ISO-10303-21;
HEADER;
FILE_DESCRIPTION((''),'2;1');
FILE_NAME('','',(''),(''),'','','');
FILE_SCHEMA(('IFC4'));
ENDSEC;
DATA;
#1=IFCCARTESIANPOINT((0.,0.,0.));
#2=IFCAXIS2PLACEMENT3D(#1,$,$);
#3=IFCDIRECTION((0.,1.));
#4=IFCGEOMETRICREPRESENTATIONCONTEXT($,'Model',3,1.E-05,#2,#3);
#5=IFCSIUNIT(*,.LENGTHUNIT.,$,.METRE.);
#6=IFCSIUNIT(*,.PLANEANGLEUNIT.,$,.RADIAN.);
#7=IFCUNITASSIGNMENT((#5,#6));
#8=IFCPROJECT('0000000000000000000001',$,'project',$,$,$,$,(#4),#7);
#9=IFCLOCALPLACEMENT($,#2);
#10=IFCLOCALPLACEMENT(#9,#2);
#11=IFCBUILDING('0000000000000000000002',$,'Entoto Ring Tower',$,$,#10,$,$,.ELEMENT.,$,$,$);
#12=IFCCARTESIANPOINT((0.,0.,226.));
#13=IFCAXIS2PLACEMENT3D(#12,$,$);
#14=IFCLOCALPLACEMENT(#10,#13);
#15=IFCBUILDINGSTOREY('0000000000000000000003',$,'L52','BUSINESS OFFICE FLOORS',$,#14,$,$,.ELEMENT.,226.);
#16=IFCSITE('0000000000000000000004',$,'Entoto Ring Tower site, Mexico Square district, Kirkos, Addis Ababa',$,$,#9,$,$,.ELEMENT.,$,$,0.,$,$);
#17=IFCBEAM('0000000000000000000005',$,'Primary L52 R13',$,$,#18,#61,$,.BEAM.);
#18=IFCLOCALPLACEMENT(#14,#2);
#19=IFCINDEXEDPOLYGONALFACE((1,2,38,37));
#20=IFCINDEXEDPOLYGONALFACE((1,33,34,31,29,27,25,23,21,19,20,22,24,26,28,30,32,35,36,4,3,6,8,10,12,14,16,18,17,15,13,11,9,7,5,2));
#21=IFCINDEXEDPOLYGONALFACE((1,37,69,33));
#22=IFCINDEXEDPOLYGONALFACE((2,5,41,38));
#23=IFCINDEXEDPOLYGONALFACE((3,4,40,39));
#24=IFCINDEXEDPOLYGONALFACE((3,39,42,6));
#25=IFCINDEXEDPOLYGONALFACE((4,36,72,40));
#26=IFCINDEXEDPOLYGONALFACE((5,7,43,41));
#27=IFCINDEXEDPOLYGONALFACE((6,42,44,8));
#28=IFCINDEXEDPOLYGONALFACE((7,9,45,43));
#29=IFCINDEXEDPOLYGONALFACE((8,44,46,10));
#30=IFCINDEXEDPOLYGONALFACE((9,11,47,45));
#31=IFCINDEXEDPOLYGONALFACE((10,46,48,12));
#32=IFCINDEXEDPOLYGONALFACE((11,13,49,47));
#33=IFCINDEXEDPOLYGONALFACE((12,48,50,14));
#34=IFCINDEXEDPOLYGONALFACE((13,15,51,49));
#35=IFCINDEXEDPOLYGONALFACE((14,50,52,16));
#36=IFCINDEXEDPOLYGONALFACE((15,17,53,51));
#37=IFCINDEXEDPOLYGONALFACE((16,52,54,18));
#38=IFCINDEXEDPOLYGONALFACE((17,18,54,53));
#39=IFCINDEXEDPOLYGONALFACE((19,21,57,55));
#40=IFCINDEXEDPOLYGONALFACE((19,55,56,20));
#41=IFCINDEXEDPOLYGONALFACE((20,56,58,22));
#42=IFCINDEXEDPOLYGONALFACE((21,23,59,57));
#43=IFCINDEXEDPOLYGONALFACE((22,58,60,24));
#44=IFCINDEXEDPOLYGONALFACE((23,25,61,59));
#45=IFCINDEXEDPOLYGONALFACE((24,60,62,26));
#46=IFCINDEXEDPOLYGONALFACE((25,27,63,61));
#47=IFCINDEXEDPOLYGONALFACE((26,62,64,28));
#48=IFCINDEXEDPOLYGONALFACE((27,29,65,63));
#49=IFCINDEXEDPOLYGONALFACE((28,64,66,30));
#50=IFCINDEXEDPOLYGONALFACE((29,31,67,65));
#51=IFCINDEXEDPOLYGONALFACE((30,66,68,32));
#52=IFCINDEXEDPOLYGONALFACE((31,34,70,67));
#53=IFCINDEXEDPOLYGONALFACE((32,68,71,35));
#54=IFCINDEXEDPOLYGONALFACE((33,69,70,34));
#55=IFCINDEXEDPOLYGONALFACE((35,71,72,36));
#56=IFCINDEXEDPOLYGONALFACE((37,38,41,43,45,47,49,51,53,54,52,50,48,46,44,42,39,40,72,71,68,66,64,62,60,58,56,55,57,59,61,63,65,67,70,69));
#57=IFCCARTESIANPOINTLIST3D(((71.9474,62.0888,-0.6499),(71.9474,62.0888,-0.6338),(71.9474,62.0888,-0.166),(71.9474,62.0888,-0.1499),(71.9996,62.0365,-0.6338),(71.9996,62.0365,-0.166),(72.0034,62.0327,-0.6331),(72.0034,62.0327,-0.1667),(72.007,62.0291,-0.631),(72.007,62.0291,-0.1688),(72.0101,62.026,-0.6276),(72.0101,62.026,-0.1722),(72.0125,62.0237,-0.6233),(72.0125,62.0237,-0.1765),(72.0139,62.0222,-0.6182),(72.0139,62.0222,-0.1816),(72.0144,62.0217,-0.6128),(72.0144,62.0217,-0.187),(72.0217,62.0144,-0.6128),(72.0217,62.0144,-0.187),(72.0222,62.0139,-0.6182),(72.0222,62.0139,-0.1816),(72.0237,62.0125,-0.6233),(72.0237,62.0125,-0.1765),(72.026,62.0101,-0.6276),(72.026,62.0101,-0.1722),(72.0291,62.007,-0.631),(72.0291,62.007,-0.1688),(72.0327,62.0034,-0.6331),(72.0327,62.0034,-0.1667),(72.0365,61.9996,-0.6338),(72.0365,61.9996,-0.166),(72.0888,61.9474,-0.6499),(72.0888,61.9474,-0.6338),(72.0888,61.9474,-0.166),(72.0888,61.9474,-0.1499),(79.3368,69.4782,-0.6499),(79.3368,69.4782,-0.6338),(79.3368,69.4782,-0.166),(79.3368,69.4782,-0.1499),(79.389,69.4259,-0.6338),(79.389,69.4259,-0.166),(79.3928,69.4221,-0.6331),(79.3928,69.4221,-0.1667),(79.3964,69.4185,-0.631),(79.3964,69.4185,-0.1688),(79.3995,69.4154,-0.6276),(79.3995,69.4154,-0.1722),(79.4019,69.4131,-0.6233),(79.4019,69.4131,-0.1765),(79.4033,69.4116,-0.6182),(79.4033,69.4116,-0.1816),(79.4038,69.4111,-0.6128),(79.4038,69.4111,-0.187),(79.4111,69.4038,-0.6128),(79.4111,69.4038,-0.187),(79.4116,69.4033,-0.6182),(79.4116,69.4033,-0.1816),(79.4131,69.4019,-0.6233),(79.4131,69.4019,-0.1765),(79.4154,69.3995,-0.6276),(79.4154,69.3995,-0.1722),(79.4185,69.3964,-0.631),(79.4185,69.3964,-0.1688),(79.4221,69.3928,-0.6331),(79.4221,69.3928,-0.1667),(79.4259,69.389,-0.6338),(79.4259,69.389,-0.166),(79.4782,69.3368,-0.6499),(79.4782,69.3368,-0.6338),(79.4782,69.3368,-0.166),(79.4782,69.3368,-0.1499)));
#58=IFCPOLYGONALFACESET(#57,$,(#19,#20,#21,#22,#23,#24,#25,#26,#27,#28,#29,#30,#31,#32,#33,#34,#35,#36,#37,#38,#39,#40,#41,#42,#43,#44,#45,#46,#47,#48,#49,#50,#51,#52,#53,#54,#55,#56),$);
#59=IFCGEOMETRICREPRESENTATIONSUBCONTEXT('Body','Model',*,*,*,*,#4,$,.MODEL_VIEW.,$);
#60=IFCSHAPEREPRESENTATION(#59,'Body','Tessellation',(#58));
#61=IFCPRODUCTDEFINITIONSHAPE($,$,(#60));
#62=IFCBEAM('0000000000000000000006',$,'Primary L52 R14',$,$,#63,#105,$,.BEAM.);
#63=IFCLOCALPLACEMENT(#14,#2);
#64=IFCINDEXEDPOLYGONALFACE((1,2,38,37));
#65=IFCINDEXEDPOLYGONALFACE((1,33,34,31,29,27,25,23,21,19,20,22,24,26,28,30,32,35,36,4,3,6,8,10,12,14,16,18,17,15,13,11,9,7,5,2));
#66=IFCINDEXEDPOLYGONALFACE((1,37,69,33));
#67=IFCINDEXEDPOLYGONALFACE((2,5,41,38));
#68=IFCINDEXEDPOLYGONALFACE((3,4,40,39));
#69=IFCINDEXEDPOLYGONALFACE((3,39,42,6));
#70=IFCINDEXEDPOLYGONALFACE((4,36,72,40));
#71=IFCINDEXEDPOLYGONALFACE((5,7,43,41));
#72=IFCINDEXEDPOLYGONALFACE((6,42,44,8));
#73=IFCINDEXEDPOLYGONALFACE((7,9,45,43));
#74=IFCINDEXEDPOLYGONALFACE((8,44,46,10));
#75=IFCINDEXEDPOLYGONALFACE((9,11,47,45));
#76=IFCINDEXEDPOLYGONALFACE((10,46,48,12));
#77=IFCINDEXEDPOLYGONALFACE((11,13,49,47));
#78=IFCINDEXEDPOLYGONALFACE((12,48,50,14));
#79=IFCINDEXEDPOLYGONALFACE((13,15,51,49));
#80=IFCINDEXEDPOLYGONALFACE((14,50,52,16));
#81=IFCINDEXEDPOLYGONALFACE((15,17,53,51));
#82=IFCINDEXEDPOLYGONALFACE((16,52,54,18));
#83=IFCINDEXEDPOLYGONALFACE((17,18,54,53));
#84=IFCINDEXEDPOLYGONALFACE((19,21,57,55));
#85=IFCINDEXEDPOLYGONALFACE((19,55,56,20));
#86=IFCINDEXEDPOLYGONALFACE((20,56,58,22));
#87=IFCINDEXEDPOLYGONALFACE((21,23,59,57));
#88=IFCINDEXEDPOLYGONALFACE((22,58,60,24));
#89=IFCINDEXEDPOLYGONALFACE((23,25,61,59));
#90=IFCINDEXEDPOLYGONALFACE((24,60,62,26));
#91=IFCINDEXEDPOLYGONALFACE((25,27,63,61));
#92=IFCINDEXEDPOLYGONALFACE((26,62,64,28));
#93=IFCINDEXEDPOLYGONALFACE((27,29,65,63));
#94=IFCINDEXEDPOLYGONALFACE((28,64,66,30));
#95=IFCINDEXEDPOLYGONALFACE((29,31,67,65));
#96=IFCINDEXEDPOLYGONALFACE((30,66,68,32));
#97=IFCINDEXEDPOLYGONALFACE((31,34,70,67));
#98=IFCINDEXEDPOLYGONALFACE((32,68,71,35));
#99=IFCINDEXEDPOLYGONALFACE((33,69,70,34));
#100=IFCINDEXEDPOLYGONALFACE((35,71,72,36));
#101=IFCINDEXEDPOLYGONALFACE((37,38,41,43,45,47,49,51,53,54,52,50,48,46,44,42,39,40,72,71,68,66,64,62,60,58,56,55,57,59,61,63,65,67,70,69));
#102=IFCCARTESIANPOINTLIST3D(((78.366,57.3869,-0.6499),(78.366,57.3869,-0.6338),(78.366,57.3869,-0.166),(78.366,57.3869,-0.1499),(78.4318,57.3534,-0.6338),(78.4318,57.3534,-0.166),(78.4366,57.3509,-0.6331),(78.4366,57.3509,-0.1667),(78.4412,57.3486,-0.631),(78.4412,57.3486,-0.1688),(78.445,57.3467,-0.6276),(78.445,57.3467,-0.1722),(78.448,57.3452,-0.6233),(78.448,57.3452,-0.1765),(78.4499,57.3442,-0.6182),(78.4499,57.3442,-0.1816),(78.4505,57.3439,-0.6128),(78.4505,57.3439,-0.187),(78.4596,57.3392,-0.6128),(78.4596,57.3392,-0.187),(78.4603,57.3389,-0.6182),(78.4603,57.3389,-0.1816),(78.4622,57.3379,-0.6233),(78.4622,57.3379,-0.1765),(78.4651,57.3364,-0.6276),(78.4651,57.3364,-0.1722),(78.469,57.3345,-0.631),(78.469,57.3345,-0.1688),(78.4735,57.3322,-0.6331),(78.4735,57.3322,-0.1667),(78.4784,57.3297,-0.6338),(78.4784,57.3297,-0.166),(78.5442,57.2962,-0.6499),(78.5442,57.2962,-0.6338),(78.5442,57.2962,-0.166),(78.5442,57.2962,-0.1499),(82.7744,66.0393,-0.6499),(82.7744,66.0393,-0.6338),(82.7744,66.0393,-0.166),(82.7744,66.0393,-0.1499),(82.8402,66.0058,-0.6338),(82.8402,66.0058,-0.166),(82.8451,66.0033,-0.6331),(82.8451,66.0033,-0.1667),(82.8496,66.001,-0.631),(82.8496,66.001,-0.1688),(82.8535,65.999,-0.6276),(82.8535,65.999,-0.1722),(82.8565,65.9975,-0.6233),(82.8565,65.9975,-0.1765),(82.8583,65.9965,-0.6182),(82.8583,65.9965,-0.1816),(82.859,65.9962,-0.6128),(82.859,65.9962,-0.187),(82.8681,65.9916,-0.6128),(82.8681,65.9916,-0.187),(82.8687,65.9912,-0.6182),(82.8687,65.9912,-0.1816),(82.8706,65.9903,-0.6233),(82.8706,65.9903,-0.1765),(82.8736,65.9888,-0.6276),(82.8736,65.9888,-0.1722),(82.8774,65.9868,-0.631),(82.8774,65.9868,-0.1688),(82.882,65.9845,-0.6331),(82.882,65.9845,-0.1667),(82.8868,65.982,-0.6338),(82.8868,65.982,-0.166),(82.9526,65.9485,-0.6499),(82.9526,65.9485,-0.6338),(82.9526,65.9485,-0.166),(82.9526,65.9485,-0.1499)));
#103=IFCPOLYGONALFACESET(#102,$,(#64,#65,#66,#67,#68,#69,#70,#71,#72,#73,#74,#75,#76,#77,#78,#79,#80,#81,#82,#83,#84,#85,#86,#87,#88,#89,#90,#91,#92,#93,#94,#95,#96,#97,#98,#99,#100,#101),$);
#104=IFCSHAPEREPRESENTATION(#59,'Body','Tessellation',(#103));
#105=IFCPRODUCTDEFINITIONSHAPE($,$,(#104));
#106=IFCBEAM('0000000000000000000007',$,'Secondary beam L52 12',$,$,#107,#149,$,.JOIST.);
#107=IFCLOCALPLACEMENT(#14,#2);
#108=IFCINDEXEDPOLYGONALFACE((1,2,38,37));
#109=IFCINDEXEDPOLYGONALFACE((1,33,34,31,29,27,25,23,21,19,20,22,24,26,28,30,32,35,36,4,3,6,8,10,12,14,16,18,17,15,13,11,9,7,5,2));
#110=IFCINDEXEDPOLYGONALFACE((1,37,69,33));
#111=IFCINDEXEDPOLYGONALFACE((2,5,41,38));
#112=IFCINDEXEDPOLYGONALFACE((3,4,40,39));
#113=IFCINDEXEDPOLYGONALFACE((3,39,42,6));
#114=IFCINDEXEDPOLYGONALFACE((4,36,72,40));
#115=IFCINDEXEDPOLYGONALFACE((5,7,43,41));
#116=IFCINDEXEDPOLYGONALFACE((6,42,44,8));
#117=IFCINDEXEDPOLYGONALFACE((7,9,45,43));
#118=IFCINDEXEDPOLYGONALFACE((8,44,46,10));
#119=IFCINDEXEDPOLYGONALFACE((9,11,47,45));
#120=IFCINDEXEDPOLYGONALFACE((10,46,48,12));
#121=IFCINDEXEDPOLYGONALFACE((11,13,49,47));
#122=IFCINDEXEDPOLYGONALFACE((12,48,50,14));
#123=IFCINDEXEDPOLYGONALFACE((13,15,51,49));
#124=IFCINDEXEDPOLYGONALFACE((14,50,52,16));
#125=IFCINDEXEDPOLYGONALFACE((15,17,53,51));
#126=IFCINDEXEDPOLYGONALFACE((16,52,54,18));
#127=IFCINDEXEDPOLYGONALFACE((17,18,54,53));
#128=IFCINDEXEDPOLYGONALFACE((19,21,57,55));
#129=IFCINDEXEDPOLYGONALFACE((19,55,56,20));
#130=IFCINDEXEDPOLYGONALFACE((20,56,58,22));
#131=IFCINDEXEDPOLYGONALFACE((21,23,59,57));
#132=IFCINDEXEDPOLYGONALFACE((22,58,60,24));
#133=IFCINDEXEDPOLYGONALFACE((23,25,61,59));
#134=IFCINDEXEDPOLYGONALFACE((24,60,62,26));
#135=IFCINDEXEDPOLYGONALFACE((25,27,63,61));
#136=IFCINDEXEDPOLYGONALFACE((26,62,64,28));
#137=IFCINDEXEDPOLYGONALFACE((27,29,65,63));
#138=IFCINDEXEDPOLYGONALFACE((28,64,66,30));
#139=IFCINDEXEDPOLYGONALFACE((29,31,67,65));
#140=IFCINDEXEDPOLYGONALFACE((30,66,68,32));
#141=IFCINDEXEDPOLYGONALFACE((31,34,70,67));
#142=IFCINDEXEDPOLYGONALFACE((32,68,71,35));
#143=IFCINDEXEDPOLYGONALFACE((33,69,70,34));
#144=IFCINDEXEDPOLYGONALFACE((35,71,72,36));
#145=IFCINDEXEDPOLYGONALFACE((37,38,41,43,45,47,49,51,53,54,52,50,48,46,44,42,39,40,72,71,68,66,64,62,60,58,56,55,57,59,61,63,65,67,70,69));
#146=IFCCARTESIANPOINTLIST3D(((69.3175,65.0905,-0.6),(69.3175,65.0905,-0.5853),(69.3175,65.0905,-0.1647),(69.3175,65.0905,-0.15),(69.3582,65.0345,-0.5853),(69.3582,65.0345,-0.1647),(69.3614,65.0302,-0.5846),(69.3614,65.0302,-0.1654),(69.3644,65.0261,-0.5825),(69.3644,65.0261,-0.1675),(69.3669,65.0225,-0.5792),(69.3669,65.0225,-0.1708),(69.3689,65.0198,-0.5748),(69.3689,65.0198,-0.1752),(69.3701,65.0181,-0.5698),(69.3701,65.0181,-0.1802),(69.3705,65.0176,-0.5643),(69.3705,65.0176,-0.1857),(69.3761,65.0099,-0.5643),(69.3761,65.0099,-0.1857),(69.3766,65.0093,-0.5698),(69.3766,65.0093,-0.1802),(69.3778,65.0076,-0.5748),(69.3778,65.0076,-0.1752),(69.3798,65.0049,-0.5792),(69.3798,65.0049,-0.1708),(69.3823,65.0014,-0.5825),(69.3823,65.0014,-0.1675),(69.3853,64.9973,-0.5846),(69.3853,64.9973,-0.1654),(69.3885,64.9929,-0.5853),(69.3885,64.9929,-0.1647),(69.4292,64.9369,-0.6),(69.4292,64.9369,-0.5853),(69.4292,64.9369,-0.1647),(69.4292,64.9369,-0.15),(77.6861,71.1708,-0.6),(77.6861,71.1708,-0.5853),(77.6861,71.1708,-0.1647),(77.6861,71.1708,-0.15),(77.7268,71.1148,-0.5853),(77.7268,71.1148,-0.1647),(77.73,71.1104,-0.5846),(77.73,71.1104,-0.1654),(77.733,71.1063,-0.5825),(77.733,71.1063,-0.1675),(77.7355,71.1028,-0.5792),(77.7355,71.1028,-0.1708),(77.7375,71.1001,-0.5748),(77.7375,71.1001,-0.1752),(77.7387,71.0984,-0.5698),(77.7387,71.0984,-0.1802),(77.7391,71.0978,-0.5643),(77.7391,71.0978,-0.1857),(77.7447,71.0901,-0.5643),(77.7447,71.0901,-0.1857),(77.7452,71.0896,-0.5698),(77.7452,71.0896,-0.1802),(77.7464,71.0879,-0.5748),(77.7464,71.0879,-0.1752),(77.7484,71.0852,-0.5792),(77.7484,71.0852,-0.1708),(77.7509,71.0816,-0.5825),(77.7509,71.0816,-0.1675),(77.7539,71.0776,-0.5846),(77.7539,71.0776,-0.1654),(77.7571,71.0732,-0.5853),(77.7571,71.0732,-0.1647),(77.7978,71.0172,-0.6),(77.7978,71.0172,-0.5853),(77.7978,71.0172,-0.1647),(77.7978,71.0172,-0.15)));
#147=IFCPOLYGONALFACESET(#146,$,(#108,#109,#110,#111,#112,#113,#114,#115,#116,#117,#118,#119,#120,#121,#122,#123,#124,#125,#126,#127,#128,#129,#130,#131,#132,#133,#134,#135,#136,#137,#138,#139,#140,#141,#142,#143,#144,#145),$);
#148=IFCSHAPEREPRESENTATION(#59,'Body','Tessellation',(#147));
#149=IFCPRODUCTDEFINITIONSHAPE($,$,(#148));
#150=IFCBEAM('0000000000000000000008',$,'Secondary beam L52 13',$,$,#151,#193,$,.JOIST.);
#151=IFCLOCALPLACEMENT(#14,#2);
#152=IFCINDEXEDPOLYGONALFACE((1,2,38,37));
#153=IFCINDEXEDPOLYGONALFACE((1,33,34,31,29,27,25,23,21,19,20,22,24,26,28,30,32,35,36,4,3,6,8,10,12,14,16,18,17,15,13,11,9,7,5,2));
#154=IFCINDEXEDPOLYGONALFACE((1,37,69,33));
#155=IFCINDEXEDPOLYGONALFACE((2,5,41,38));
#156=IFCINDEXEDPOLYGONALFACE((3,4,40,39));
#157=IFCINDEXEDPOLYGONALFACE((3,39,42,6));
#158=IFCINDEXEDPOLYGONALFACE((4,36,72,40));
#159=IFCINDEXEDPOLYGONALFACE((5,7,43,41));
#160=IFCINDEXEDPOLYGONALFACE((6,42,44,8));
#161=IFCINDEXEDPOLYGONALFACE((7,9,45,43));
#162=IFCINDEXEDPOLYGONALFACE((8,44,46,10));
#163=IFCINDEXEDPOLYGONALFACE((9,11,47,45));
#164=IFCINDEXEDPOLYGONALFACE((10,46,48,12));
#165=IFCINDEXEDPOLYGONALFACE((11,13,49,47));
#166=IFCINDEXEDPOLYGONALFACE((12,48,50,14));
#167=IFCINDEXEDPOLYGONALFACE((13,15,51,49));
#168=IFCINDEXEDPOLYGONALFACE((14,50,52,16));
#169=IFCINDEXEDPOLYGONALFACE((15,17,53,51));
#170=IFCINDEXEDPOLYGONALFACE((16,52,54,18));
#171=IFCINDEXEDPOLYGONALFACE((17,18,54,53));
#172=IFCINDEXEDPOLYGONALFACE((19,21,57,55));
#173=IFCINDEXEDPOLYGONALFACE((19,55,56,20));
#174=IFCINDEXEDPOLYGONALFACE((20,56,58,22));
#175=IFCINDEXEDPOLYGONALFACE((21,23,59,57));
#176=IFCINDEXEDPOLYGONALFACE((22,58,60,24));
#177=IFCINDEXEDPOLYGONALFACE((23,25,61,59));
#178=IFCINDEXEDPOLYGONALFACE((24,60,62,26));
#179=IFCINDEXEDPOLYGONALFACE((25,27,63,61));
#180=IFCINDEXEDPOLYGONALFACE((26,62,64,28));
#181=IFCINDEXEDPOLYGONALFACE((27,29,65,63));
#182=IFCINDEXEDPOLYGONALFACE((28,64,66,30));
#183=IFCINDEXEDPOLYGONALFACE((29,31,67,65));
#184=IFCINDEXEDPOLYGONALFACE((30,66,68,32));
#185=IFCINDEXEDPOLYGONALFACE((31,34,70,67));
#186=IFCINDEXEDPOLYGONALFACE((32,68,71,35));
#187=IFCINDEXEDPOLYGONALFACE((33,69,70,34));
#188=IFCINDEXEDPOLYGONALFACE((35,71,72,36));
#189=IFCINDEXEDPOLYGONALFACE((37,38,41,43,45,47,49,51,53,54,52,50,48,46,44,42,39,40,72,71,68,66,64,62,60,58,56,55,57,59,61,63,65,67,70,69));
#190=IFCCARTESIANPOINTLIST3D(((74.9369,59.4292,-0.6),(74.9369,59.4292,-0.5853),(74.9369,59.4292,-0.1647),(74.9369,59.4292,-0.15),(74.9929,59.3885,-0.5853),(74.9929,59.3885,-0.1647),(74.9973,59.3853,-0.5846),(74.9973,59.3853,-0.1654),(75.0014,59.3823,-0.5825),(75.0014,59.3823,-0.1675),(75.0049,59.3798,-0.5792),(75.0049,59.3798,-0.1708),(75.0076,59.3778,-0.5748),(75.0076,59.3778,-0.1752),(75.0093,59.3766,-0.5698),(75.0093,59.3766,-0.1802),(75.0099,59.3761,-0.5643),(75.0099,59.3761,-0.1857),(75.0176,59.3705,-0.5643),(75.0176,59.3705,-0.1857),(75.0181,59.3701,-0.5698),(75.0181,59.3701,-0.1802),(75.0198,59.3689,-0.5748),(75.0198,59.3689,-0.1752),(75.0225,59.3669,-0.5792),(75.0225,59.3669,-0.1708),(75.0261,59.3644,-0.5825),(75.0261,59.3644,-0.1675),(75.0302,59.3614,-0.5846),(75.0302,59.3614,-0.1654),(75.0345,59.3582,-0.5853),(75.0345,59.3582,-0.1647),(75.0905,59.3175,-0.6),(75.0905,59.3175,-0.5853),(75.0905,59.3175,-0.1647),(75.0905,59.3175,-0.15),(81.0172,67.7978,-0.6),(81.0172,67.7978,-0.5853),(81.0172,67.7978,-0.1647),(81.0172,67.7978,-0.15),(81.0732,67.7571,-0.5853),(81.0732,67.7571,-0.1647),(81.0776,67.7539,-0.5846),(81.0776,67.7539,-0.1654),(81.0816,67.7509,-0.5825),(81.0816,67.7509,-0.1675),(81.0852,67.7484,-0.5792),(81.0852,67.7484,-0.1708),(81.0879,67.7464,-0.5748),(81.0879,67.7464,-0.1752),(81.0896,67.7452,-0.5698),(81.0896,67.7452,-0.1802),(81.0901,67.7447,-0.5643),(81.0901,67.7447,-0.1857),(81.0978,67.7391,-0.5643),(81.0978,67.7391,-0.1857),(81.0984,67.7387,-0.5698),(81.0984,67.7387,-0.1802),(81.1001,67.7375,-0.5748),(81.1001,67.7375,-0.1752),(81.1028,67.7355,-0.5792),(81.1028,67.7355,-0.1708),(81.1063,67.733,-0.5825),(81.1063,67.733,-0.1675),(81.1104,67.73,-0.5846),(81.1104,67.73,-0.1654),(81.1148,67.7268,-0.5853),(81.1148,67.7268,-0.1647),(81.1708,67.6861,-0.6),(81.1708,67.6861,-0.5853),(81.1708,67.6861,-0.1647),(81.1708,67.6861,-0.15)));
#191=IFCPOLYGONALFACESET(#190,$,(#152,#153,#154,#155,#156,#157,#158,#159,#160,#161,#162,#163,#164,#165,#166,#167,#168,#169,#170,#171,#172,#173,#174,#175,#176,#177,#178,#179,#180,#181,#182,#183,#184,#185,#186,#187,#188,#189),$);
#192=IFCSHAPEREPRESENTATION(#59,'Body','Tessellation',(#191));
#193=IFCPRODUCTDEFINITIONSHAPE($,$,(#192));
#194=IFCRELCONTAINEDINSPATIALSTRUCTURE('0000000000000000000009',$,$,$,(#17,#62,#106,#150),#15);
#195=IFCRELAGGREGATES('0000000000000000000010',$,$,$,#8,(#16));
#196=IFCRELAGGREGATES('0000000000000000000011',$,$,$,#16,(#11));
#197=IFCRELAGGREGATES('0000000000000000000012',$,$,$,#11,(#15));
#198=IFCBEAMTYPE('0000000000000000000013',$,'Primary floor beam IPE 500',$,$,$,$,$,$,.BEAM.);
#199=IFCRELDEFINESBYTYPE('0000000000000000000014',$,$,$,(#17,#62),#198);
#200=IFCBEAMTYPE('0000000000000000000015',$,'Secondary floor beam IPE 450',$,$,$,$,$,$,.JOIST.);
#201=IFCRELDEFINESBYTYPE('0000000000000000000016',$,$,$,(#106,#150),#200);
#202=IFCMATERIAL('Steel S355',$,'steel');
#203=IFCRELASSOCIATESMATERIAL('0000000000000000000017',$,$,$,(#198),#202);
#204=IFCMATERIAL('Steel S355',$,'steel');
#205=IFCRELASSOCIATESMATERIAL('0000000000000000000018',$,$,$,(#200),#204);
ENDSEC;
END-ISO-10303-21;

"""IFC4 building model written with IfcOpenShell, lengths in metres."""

from ifc_helpers import new_model, si_unit, direction, frame, origin, origin_2d, place, context, subcontext, project, spatial, i_section, extrude, material, material_profile, profile_set, type_object, element, save


model = new_model("IFC4")

# Units and contexts
model_context = context("Model", 3, precision=1e-05, world=origin(), true_north=direction((0.0, 1.0)))
body_context = subcontext(model_context, "Body", "Model", "MODEL_VIEW")
ifc_project = project(units=[si_unit("LENGTHUNIT", "METRE"), si_unit("PLANEANGLEUNIT", "RADIAN")], contexts=[model_context])

# Site, building, storey
site_placement = place(None, origin())
site = spatial("IfcSite", under=ifc_project, at=site_placement, Name="Entoto Ring Tower site, Mexico Square district, Kirkos, Addis Ababa", CompositionType="ELEMENT", RefElevation=0.0)
building_placement = place(site_placement, origin())
building = spatial("IfcBuilding", under=site, at=building_placement, Name="Entoto Ring Tower", CompositionType="ELEMENT")
storey_placement = place(building_placement, frame((0.0, 0.0, 226.0)))
storey = spatial("IfcBuildingStorey", under=building, at=storey_placement, Name="L52", Description="BUSINESS OFFICE FLOORS", CompositionType="ELEMENT", Elevation=226.0)

# Beams
ifc_material_1 = material(Name="Steel S355", Category="steel")
ifc_material_profile_1 = material_profile(ifc_material_1, i_section(OverallWidth=0.2, OverallDepth=0.5, WebThickness=0.0103, FlangeThickness=0.0161, FilletRadius=0.021, at=origin_2d()), Name="IPE 500")
ifc_profile_set_1 = profile_set([ifc_material_profile_1], Name="Steel S355")
beam_type_1 = type_object("IfcBeamType", Name="Primary floor beam IPE 500", PredefinedType="BEAM", material=ifc_profile_set_1)
beam_1_placement = place(storey_placement, frame((79.4075, 69.4075, -0.3999), z_axis=(-0.707107, -0.707107, 0.0), x_axis=(0.707107, -0.707107, 0.0)))
element("IfcBeam", 1, at=beam_1_placement, inside=storey, type_object=beam_type_1, Name="Primary L52 R13", PredefinedType="BEAM", context=body_context, shape_type="SweptSolid", body=[
    extrude(i_section(OverallWidth=0.2, OverallDepth=0.5, WebThickness=0.0103, FlangeThickness=0.0161, FilletRadius=0.021, at=origin_2d()), origin(), (0.0, 0.0, 1.0), 10.4502),
])
beam_2_placement = place(storey_placement, frame((82.8635, 65.9939, -0.3999), z_axis=(-0.453979, -0.891012, 0.0), x_axis=(0.891012, -0.453979, 0.0)))
element("IfcBeam", 2, at=beam_2_placement, inside=storey, type_object=beam_type_1, Name="Primary L52 R14", PredefinedType="BEAM", context=body_context, shape_type="SweptSolid", body=[
    extrude(i_section(OverallWidth=0.2, OverallDepth=0.5, WebThickness=0.0103, FlangeThickness=0.0161, FilletRadius=0.021, at=origin_2d()), origin(), (0.0, 0.0, 1.0), 9.7107),
])
ifc_material_2 = material(Name="Steel S355", Category="steel")
ifc_material_profile_2 = material_profile(ifc_material_2, i_section(OverallWidth=0.1899, OverallDepth=0.45, WebThickness=0.0095, FlangeThickness=0.0146, FilletRadius=0.021, at=origin_2d()), Name="IPE 450")
ifc_profile_set_2 = profile_set([ifc_material_profile_2], Name="Steel S355")
beam_type_2 = type_object("IfcBeamType", Name="Secondary floor beam IPE 450", PredefinedType="JOIST", material=ifc_profile_set_2)
for number, where, z_axis, x_axis, name in (
    (3, (77.7419, 71.094, -0.375), (-0.809011, -0.587794, 0.0), (0.587794, -0.809011, 0.0), "Secondary beam L52 12"),
    (4, (81.094, 67.7419, -0.375), (-0.587794, -0.809011, 0.0), (0.809011, -0.587794, 0.0), "Secondary beam L52 13"),
):
    element("IfcBeam", number, at=place(storey_placement, frame(where, z_axis=z_axis, x_axis=x_axis)), inside=storey, type_object=beam_type_2, Name=name, PredefinedType="JOIST", context=body_context, shape_type="SweptSolid", body=[
        extrude(i_section(OverallWidth=0.1899, OverallDepth=0.45, WebThickness=0.0095, FlangeThickness=0.0146, FilletRadius=0.021, at=origin_2d()), origin(), (0.0, 0.0, 1.0), 10.3442),
    ])

save(model, "model.ifc")
